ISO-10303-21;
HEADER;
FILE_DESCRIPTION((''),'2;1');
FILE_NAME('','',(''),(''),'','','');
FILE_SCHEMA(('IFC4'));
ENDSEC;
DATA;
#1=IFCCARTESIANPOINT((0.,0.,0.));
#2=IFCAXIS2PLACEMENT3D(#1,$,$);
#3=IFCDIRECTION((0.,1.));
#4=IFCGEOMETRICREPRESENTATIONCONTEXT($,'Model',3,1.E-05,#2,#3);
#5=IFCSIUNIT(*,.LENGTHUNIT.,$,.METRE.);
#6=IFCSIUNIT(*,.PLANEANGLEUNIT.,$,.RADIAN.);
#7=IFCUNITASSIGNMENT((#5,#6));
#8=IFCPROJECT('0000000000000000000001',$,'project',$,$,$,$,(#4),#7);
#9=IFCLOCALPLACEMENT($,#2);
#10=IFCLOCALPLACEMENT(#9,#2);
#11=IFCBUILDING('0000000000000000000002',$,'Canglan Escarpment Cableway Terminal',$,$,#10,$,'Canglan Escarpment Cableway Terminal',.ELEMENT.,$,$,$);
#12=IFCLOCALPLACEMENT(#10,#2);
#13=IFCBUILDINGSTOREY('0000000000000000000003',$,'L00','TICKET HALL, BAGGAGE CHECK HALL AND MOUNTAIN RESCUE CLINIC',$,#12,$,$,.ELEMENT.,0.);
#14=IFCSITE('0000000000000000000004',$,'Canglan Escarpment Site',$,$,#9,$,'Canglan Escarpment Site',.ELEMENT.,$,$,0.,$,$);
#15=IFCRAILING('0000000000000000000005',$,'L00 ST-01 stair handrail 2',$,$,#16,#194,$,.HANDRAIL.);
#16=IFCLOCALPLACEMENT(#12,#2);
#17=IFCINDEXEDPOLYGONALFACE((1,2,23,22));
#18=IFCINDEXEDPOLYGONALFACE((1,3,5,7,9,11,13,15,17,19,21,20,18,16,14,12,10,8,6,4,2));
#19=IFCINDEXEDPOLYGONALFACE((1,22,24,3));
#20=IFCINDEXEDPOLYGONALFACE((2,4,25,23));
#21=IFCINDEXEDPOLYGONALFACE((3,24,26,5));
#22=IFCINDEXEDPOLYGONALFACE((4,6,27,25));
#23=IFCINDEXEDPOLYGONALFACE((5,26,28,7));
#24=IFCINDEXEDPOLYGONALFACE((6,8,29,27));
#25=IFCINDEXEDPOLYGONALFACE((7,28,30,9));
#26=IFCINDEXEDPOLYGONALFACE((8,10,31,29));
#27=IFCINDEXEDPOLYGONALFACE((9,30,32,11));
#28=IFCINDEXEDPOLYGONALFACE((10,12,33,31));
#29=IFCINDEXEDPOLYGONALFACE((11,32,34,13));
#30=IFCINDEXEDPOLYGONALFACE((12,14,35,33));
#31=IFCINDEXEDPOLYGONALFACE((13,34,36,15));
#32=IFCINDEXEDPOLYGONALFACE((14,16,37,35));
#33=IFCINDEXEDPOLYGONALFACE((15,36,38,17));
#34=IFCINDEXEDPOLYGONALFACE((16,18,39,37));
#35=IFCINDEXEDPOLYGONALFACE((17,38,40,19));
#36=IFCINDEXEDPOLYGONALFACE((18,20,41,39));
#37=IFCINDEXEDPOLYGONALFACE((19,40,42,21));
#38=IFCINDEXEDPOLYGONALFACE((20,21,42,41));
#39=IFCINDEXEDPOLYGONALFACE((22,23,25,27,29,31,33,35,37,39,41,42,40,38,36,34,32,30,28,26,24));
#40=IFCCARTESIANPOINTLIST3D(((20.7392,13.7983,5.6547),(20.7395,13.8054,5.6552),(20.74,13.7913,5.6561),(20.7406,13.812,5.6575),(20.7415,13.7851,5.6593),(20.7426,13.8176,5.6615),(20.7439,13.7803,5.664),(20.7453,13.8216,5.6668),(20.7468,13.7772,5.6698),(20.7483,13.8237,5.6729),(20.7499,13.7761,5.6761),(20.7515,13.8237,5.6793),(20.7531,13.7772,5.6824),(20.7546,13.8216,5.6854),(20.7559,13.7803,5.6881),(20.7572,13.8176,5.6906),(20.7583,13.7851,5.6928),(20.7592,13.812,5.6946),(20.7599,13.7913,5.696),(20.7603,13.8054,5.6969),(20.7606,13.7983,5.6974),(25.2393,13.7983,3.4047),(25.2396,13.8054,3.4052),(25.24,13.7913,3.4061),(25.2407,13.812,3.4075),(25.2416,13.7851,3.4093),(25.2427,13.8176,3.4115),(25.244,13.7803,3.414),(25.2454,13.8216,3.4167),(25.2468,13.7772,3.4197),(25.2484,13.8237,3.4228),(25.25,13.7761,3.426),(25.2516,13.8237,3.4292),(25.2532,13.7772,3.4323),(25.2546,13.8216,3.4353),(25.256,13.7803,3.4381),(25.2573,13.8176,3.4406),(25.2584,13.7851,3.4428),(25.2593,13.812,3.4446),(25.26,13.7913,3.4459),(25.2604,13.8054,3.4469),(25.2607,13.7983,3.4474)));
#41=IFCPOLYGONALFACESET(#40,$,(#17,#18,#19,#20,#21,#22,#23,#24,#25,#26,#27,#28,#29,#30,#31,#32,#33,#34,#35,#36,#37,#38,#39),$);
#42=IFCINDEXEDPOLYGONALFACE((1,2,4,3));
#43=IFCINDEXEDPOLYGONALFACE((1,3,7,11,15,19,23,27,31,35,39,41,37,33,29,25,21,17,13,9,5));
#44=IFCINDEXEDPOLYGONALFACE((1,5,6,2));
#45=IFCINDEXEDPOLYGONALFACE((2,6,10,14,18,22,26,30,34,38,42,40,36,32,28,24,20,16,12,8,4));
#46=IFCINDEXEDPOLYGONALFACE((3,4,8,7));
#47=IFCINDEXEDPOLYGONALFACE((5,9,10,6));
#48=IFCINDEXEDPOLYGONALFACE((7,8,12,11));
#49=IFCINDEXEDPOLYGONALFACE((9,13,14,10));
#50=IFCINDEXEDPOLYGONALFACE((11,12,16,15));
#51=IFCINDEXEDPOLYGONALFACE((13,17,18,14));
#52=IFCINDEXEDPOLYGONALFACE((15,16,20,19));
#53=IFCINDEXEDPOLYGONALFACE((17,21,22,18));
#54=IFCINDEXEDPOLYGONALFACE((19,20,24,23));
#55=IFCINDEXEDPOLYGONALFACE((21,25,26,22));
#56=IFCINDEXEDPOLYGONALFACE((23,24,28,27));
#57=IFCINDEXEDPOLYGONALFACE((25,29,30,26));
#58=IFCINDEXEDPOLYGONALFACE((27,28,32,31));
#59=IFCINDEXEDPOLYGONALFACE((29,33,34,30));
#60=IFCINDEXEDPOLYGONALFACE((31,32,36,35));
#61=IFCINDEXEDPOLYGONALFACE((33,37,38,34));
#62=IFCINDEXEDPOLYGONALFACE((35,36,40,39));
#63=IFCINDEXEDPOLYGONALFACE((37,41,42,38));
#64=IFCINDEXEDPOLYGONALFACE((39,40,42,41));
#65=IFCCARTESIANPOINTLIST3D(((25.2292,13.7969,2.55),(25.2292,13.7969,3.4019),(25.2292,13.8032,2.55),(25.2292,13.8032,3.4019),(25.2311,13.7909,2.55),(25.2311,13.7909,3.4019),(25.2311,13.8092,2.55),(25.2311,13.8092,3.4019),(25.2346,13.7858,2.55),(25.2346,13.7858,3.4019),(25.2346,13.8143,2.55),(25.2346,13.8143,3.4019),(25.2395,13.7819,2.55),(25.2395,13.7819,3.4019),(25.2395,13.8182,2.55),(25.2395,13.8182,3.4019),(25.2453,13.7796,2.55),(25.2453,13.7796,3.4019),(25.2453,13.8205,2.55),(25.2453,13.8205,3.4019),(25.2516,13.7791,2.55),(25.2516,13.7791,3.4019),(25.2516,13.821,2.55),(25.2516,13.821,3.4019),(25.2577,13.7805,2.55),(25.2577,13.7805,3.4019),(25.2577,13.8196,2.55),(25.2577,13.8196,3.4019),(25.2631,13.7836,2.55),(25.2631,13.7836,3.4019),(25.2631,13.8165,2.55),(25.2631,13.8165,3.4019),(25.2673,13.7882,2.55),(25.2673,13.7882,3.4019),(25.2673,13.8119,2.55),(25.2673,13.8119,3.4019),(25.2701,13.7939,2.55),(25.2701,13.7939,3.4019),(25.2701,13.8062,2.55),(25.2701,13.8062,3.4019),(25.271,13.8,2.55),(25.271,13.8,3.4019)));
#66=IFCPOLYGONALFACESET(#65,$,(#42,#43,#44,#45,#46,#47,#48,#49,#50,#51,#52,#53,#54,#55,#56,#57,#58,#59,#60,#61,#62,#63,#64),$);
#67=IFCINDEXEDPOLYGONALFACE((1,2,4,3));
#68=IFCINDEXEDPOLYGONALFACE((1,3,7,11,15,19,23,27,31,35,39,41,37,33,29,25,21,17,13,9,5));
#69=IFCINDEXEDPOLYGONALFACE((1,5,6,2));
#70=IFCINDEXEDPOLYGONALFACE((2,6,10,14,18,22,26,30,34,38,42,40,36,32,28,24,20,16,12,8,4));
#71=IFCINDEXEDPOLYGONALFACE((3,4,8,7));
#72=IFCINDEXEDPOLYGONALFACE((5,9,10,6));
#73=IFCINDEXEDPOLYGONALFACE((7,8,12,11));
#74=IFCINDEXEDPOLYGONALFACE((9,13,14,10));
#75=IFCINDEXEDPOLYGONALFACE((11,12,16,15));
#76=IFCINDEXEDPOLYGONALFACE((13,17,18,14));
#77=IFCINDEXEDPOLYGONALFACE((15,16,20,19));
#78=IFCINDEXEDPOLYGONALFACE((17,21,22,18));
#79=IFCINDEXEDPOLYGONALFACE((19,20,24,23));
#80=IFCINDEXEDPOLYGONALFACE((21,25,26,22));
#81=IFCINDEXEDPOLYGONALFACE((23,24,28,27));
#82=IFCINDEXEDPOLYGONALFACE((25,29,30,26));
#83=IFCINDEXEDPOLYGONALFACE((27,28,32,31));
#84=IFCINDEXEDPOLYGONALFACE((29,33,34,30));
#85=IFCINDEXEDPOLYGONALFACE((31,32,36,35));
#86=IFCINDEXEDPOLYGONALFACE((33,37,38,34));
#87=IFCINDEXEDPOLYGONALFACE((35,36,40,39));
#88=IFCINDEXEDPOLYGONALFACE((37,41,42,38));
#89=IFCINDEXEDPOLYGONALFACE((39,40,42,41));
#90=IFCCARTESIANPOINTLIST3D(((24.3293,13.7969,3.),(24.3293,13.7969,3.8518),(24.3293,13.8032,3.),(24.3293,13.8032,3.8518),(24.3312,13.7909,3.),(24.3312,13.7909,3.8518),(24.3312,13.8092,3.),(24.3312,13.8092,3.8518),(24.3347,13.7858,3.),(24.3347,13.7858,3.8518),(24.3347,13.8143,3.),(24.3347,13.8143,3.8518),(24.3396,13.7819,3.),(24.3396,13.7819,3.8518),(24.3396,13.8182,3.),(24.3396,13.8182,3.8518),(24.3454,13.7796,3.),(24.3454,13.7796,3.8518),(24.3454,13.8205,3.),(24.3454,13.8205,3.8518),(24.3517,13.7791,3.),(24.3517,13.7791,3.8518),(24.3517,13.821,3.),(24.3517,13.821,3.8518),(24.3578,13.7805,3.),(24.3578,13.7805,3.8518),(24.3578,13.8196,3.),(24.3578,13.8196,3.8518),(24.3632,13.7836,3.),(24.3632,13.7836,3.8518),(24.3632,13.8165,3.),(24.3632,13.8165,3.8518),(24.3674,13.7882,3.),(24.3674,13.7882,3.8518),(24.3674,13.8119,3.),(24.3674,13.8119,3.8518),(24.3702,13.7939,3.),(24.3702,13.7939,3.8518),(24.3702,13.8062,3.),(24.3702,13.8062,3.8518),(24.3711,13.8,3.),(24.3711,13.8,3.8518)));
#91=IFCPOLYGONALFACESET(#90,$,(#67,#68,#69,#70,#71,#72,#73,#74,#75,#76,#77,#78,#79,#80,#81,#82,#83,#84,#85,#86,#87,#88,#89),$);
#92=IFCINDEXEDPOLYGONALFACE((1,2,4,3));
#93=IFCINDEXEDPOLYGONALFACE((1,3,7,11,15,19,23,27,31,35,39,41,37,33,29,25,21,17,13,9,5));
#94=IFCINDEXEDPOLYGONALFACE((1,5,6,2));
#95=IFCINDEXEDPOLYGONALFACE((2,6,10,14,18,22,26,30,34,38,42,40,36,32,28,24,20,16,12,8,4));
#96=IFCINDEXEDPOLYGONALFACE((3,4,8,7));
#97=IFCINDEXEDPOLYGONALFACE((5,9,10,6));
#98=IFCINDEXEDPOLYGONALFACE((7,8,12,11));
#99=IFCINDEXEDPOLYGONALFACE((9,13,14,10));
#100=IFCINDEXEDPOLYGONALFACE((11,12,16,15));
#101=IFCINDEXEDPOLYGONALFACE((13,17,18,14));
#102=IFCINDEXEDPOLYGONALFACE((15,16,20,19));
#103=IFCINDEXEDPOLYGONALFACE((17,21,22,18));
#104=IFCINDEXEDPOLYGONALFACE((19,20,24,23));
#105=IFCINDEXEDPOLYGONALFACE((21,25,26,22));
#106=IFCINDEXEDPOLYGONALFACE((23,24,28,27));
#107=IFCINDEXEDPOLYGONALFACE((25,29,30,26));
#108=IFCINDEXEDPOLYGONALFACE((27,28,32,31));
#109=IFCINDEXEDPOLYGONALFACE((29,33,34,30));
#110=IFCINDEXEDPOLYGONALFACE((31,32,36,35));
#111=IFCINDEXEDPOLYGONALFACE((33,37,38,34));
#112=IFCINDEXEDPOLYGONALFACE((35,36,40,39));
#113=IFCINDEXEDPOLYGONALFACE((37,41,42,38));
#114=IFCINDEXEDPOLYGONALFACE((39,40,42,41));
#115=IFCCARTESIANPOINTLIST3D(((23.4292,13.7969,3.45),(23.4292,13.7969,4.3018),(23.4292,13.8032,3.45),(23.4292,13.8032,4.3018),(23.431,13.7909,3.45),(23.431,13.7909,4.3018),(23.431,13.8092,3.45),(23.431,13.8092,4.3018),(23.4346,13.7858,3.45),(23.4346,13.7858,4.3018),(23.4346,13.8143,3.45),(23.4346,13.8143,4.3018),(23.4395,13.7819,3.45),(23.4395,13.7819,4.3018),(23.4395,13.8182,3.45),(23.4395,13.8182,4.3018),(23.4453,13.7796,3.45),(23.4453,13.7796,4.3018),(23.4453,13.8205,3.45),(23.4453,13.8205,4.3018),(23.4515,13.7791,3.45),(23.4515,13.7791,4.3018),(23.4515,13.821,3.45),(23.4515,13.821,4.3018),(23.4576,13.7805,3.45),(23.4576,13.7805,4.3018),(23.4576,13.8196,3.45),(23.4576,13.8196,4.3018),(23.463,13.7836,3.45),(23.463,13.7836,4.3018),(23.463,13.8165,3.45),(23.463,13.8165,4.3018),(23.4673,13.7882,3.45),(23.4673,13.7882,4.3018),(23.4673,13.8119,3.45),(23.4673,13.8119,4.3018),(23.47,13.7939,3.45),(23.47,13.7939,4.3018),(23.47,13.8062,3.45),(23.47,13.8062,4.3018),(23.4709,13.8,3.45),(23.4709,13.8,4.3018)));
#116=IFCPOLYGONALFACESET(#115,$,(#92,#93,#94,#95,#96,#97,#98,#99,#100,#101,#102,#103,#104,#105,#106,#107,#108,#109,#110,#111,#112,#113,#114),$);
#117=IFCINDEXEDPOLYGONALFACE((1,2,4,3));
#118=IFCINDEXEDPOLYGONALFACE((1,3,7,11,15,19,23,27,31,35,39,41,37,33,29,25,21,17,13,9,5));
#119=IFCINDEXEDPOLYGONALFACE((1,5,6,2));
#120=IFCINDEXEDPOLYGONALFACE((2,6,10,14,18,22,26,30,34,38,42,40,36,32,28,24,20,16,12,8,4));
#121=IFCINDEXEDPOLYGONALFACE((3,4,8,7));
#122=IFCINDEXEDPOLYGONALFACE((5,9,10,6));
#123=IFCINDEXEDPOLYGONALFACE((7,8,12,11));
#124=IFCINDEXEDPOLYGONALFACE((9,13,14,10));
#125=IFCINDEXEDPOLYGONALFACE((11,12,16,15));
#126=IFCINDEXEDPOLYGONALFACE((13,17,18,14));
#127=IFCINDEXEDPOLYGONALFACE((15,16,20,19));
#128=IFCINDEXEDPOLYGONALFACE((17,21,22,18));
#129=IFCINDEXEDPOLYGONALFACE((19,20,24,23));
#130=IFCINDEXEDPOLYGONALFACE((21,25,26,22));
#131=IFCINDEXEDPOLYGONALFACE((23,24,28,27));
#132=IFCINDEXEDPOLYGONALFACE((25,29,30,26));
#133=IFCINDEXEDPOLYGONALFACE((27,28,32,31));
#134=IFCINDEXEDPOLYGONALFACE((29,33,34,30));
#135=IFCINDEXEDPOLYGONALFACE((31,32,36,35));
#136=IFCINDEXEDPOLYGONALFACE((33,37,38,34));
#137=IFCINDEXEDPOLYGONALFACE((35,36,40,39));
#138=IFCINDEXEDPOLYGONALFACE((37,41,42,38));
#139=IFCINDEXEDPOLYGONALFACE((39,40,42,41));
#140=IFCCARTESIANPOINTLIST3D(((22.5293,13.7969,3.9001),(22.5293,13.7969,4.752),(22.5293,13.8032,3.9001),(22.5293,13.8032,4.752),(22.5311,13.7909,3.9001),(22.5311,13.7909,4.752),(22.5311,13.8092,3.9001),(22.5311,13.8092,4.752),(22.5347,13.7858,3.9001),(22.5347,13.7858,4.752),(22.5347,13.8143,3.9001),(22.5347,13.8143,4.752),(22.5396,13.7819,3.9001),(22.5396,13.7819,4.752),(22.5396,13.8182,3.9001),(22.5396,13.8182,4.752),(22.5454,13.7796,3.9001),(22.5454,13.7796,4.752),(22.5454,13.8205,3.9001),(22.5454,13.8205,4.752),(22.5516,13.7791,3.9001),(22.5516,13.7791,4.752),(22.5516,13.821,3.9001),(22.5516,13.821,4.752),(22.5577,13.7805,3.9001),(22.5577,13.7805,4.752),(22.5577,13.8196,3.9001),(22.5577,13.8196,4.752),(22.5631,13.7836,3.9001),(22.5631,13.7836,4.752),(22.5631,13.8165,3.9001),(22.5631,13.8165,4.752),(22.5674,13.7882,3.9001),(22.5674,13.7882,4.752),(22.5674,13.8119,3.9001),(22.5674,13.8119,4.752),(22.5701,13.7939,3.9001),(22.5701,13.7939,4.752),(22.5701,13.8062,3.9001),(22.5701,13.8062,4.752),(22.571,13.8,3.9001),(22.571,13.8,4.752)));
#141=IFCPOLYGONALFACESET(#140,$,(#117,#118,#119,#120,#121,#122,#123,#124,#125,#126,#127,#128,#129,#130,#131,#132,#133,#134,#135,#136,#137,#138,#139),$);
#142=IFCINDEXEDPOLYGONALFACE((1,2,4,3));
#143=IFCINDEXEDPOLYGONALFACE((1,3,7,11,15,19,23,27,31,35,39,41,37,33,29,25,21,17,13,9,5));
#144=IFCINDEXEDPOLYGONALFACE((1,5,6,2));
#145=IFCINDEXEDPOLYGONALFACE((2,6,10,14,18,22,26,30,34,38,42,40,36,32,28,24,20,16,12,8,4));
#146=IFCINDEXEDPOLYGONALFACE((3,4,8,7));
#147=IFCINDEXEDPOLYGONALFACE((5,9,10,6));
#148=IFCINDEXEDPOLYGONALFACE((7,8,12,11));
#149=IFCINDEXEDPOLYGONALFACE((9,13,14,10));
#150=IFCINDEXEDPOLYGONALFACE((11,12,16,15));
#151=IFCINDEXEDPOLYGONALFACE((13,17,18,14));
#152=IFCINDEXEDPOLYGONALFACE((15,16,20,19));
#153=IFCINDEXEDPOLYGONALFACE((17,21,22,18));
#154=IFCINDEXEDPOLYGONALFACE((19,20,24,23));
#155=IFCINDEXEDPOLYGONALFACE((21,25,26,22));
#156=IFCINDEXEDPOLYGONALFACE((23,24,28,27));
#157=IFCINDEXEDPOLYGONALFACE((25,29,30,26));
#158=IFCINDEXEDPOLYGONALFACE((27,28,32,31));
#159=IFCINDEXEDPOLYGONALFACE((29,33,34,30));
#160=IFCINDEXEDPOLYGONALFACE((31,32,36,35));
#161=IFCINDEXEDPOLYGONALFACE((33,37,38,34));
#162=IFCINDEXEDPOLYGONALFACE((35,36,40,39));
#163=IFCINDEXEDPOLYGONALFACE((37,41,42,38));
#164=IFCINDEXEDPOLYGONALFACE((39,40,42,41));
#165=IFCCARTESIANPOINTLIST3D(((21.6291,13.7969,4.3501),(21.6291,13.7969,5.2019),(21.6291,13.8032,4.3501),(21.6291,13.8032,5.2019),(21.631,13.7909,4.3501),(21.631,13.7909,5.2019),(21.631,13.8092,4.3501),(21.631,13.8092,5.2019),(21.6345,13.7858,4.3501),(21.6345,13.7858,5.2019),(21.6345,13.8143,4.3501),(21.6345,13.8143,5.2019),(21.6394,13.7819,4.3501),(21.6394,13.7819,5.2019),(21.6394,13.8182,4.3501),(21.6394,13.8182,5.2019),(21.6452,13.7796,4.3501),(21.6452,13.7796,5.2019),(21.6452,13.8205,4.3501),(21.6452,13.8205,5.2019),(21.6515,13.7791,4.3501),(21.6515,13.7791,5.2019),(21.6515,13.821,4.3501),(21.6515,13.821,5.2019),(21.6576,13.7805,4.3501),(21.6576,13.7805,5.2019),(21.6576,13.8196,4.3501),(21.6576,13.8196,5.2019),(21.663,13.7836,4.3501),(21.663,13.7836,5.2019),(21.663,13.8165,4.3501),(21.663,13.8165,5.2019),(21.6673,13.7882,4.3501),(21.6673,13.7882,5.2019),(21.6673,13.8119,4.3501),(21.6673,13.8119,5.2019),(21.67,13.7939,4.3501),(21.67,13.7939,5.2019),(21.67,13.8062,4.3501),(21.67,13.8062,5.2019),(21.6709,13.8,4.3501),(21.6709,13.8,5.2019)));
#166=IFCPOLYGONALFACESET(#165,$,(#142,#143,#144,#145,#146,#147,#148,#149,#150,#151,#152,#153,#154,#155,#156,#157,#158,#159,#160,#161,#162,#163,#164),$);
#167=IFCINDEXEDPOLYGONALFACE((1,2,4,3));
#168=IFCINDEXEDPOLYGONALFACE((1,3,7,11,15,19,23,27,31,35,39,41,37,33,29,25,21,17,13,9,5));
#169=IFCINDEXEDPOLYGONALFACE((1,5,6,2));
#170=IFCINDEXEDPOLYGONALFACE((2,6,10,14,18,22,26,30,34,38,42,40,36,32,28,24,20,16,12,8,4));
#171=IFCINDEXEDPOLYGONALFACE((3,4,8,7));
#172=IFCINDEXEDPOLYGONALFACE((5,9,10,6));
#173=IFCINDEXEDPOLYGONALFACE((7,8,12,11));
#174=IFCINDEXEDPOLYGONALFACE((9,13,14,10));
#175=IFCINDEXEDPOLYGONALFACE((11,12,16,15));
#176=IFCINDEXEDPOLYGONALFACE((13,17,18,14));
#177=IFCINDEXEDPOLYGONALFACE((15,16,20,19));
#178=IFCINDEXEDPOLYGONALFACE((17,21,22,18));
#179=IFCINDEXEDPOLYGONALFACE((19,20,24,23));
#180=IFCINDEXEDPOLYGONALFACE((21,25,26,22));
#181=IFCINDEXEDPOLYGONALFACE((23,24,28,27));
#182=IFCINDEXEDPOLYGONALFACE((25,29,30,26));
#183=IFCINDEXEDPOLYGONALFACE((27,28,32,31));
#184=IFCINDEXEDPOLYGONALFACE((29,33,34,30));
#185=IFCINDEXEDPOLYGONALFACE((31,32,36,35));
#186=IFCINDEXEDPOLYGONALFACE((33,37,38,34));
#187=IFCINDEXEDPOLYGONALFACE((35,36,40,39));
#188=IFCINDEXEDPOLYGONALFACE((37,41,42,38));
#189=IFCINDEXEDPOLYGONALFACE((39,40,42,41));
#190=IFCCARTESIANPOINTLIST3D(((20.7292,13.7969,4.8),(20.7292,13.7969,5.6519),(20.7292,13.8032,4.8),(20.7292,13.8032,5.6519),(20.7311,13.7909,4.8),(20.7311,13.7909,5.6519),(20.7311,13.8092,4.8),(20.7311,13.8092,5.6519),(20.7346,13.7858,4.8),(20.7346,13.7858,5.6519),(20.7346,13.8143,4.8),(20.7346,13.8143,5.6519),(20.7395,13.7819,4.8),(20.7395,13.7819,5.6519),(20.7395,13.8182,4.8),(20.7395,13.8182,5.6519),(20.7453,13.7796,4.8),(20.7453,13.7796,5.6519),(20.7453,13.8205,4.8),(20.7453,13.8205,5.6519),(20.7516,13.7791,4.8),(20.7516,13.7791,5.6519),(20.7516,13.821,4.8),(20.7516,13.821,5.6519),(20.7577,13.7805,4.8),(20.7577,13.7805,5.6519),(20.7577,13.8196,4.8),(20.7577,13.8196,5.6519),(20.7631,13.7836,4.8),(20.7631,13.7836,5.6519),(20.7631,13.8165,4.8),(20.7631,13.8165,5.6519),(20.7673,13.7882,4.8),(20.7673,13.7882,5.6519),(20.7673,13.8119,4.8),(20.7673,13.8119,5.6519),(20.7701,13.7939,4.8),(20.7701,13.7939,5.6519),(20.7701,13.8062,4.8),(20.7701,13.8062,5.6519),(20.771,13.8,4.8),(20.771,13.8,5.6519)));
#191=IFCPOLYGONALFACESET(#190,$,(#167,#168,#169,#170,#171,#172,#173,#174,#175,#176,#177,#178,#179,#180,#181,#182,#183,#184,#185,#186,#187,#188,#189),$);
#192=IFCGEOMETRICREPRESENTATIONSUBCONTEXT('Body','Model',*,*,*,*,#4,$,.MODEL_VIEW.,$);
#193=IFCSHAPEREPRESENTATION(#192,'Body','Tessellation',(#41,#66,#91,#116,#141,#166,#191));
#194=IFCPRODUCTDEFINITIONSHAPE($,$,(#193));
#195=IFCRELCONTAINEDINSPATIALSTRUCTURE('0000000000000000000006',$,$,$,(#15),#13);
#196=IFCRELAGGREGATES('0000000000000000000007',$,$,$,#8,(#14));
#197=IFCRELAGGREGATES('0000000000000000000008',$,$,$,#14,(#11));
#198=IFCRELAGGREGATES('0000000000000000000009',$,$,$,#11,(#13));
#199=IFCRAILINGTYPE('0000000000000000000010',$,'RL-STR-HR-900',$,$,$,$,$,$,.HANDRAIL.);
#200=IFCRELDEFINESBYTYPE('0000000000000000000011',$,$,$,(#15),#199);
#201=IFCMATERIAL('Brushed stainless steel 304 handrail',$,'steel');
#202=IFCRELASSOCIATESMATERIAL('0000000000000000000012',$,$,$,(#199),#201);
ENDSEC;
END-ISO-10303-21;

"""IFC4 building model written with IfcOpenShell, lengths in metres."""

from ifc_helpers import new_model, si_unit, direction, frame, origin, origin_2d, place, context, subcontext, project, spatial, circle, extrude, material, type_object, element, save


model = new_model("IFC4")

# Units and contexts
model_context = context("Model", 3, precision=1e-05, world=origin(), true_north=direction((0.0, 1.0)))
body_context = subcontext(model_context, "Body", "Model", "MODEL_VIEW")
ifc_project = project(units=[si_unit("LENGTHUNIT", "METRE"), si_unit("PLANEANGLEUNIT", "RADIAN")], contexts=[model_context])

# Site, building, storey
site_placement = place(None, origin())
site = spatial("IfcSite", under=ifc_project, at=site_placement, Name="Canglan Escarpment Site", LongName="Canglan Escarpment Site", CompositionType="ELEMENT", RefElevation=0.0)
building_placement = place(site_placement, origin())
building = spatial("IfcBuilding", under=site, at=building_placement, Name="Canglan Escarpment Cableway Terminal", LongName="Canglan Escarpment Cableway Terminal", CompositionType="ELEMENT")
storey_placement = place(building_placement, origin())
storey = spatial("IfcBuildingStorey", under=building, at=storey_placement, Name="L00", Description="TICKET HALL, BAGGAGE CHECK HALL AND MOUNTAIN RESCUE CLINIC", CompositionType="ELEMENT", Elevation=0.0)

# Railing
ifc_material_1 = material(Name="Brushed stainless steel 304 handrail", Category="steel")
railing_type_1 = type_object("IfcRailingType", Name="RL-STR-HR-900", PredefinedType="HANDRAIL", material=ifc_material_1)
railing_1_placement = place(storey_placement, frame((25.25, 13.8, 2.55)))
element("IfcRailing", 1, at=railing_1_placement, inside=storey, type_object=railing_type_1, Name="L00 ST-01 stair handrail 2", PredefinedType="HANDRAIL", context=body_context, shape_type="SweptSolid", body=[
    extrude(circle(Radius=0.0239, at=origin_2d()), frame((0.0, 0.0, 0.876), z_axis=(-0.894427, 0.0, 0.447214), x_axis=(0.0, -1.0, 0.0)), (0.0, 0.0, 1.0), 5.0312),
    extrude(circle(Radius=0.021, at=origin_2d()), origin(), (0.0, 0.0, 1.0), 0.8518),
    extrude(circle(Radius=0.021, at=origin_2d()), frame((-0.8999, 0.0, 0.45)), (0.0, 0.0, 1.0), 0.8518),
    extrude(circle(Radius=0.021, at=origin_2d()), frame((-1.8, 0.0, 0.8999)), (0.0, 0.0, 1.0), 0.8518),
    extrude(circle(Radius=0.021, at=origin_2d()), frame((-2.7, 0.0, 1.3501)), (0.0, 0.0, 1.0), 0.8518),
    extrude(circle(Radius=0.021, at=origin_2d()), frame((-3.6001, 0.0, 1.8)), (0.0, 0.0, 1.0), 0.8518),
    extrude(circle(Radius=0.021, at=origin_2d()), frame((-4.5, 0.0, 2.25)), (0.0, 0.0, 1.0), 0.8518),
])

save(model, "model.ifc")
